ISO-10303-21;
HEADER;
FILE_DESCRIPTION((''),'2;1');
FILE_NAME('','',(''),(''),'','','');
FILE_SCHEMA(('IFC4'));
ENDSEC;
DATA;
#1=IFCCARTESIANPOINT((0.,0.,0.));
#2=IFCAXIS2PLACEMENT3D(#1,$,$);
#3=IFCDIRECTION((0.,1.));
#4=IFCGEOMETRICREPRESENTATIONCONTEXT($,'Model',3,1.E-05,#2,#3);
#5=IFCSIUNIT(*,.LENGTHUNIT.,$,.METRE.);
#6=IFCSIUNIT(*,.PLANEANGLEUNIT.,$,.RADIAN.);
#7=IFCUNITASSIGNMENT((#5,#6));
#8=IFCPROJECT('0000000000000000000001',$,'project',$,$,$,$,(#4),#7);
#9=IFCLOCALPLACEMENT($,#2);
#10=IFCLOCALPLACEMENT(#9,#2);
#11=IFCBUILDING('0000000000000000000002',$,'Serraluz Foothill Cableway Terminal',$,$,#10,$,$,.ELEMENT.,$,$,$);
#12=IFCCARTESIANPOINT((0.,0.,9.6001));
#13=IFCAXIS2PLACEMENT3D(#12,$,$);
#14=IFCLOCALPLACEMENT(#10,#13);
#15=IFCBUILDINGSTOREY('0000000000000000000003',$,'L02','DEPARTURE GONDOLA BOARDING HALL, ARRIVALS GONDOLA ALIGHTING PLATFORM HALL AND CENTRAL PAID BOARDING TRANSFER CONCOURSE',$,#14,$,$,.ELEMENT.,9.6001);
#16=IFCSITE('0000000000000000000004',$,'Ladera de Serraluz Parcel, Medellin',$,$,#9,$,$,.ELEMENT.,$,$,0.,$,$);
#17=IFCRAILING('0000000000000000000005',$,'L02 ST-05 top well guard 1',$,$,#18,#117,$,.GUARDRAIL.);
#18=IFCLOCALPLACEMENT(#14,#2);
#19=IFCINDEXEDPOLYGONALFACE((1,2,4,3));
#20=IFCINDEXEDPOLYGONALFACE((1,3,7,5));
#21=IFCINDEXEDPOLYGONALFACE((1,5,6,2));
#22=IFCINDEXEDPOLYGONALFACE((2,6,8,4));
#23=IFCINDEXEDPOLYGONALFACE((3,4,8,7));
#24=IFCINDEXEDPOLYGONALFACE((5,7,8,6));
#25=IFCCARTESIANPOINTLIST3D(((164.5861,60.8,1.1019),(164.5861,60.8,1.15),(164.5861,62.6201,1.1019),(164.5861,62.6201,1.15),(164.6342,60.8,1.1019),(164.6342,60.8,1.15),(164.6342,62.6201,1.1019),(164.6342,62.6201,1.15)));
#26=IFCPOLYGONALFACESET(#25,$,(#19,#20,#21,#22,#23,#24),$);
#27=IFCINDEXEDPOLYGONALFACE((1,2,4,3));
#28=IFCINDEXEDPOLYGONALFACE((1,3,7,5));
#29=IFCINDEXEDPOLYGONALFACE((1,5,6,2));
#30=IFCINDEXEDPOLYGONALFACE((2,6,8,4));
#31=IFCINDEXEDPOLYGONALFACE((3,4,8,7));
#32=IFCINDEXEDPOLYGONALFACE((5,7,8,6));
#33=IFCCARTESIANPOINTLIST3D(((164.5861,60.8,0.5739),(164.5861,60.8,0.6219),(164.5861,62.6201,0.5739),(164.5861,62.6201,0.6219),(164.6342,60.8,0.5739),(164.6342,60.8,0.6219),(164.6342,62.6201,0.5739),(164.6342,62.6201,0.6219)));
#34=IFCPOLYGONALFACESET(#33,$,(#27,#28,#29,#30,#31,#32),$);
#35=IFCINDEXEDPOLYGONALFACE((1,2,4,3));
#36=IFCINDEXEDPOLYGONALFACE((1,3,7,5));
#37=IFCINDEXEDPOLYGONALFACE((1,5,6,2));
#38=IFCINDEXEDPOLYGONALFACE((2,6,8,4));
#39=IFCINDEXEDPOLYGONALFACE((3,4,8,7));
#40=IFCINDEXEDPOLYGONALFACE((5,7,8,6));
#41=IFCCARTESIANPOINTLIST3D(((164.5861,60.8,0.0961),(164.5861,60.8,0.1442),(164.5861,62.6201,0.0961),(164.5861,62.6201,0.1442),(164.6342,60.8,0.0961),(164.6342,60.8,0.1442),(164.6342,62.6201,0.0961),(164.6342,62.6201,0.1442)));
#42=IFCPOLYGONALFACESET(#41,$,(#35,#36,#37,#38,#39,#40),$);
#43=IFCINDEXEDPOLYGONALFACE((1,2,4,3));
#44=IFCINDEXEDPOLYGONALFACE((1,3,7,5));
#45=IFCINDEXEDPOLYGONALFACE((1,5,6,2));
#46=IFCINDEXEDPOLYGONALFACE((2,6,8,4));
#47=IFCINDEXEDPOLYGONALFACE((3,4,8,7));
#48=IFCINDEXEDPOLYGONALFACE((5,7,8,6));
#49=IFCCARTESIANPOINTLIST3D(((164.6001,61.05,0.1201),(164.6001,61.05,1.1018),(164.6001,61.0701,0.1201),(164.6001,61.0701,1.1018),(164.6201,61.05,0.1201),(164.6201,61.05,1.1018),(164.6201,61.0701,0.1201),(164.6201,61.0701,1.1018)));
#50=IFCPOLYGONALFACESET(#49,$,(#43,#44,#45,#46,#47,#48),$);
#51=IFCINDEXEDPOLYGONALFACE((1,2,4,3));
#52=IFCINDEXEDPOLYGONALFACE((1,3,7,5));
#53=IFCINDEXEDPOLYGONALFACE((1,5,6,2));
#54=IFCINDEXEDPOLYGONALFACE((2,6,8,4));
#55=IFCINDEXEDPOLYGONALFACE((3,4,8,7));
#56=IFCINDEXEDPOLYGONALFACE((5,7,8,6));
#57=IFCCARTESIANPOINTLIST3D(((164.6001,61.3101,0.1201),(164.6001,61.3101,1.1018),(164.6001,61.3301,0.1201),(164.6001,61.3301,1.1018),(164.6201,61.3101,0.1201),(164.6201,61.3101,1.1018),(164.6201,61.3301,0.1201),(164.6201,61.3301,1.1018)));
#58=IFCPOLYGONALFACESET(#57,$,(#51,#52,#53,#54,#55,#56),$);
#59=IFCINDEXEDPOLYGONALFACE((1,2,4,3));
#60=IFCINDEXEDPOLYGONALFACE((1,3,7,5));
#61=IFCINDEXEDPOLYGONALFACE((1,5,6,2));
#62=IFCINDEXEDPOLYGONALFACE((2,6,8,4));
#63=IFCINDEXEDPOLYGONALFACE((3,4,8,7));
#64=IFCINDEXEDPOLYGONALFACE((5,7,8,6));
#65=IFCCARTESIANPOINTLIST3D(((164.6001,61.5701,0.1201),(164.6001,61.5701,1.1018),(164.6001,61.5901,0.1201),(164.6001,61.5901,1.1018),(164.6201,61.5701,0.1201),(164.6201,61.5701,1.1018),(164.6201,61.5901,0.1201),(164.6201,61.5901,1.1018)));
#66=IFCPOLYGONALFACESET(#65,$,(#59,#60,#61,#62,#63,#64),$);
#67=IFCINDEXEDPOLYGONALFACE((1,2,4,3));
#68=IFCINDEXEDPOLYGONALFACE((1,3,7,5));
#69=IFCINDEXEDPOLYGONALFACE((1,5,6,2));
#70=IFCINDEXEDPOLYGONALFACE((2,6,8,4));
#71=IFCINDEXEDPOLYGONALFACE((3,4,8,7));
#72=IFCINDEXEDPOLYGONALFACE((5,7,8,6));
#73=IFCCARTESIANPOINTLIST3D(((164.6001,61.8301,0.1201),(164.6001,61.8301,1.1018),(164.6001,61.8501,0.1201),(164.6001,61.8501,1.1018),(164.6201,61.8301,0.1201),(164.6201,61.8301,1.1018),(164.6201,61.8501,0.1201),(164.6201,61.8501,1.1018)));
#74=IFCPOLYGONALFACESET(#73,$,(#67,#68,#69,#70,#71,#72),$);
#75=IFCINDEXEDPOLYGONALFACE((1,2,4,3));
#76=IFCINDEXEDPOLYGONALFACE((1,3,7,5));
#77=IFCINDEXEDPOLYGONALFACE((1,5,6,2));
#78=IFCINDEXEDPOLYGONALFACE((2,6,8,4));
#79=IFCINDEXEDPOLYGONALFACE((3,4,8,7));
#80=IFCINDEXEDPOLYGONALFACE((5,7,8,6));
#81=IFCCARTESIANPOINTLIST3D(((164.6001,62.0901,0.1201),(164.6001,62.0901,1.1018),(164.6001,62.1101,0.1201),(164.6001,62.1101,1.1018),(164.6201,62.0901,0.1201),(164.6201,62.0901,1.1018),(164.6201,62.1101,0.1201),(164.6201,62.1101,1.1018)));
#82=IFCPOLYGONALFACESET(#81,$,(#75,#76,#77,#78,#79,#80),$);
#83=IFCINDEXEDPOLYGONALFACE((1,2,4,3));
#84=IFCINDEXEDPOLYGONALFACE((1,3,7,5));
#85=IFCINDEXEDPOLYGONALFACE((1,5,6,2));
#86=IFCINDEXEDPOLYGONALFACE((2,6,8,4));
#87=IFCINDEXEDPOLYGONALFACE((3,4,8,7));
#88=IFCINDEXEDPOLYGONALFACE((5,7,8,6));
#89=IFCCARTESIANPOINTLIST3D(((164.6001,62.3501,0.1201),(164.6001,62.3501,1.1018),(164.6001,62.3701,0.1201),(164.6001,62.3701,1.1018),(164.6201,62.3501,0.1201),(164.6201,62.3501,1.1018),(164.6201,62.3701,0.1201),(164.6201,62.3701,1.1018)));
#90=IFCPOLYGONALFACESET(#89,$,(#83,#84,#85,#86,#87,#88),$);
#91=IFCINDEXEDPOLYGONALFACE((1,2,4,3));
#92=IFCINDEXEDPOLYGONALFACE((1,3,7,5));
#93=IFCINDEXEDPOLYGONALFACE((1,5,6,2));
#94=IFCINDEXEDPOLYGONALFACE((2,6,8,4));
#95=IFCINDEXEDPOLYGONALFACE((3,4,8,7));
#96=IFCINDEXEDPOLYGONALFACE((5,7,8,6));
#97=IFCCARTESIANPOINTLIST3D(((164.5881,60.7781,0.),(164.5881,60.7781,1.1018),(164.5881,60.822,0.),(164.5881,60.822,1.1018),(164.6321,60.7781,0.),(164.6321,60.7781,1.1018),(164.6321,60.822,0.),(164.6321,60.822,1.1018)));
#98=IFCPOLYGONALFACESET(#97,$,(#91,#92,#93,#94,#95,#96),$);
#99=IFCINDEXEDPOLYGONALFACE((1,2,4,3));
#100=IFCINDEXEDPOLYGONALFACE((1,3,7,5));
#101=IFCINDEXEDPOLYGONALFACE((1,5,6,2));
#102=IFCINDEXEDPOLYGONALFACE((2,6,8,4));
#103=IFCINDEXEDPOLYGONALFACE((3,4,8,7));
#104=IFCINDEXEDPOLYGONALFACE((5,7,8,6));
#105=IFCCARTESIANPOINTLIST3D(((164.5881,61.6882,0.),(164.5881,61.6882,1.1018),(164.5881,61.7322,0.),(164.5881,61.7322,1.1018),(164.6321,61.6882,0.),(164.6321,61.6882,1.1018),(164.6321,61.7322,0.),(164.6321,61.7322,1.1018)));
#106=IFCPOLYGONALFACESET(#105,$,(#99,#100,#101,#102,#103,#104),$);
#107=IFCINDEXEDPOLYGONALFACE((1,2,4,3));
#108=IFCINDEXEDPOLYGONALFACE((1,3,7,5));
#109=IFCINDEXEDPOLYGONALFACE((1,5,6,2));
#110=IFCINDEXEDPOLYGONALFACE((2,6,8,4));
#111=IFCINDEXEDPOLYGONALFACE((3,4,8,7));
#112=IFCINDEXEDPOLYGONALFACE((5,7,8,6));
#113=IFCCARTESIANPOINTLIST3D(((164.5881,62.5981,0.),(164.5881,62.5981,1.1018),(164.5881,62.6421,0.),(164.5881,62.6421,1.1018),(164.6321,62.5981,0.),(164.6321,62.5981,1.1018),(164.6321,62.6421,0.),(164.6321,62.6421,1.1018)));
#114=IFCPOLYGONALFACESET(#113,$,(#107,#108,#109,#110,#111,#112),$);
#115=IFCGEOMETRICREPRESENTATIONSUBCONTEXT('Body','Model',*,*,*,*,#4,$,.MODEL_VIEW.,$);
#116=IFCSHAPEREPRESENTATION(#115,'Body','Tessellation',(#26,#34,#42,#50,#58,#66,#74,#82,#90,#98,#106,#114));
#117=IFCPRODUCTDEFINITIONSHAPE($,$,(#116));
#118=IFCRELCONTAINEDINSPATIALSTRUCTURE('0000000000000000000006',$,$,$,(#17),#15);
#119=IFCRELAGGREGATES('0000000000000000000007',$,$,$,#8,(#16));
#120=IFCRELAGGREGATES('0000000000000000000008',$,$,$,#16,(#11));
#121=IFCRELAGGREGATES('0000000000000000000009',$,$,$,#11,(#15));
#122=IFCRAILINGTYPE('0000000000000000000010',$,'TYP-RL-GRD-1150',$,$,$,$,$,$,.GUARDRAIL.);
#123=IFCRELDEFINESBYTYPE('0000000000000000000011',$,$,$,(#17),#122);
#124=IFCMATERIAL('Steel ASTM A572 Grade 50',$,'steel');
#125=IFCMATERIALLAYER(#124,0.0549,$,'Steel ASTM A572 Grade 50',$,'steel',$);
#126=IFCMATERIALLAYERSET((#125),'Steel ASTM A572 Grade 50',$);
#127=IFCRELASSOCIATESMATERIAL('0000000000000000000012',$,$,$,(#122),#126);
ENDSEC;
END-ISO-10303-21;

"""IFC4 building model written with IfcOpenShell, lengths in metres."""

from ifc_helpers import new_model, si_unit, direction, frame, origin, origin_2d, place, context, subcontext, project, spatial, rectangle, extrude, material, layer, layer_set, type_object, element, save


model = new_model("IFC4")

# Units and contexts
model_context = context("Model", 3, precision=1e-05, world=origin(), true_north=direction((0.0, 1.0)))
body_context = subcontext(model_context, "Body", "Model", "MODEL_VIEW")
ifc_project = project(units=[si_unit("LENGTHUNIT", "METRE"), si_unit("PLANEANGLEUNIT", "RADIAN")], contexts=[model_context])

# Site, building, storey
site_placement = place(None, origin())
site = spatial("IfcSite", under=ifc_project, at=site_placement, Name="Ladera de Serraluz Parcel, Medellin", CompositionType="ELEMENT", RefElevation=0.0)
building_placement = place(site_placement, origin())
building = spatial("IfcBuilding", under=site, at=building_placement, Name="Serraluz Foothill Cableway Terminal", CompositionType="ELEMENT")
storey_placement = place(building_placement, frame((0.0, 0.0, 9.6001)))
storey = spatial("IfcBuildingStorey", under=building, at=storey_placement, Name="L02", Description="DEPARTURE GONDOLA BOARDING HALL, ARRIVALS GONDOLA ALIGHTING PLATFORM HALL AND CENTRAL PAID BOARDING TRANSFER CONCOURSE", CompositionType="ELEMENT", Elevation=9.6001)

# Railing
ifc_material_1 = material(Name="Steel ASTM A572 Grade 50", Category="steel")
ifc_layer_1 = layer(ifc_material_1, 0.0549, Name="Steel ASTM A572 Grade 50", Category="steel")
ifc_layer_set_1 = layer_set([ifc_layer_1], Name="Steel ASTM A572 Grade 50")
railing_type = type_object("IfcRailingType", Name="TYP-RL-GRD-1150", PredefinedType="GUARDRAIL", material=ifc_layer_set_1)
railing_placement = place(storey_placement, frame((164.6101, 60.8, 0.0)))
element("IfcRailing", 1, at=railing_placement, inside=storey, type_object=railing_type, Name="L02 ST-05 top well guard 1", PredefinedType="GUARDRAIL", context=body_context, shape_type="SweptSolid", body=[
    extrude(rectangle(XDim=0.0481, YDim=0.0481, at=origin_2d()), frame((0.0, 0.0, 1.126), z_axis=(0.0, 1.0, 0.0), x_axis=(-1.0, 0.0, 0.0)), (0.0, 0.0, 1.0), 1.8201),
    extrude(rectangle(XDim=0.0481, YDim=0.0481, at=origin_2d()), frame((0.0, 0.0, 0.5979), z_axis=(0.0, 1.0, 0.0), x_axis=(-1.0, 0.0, 0.0)), (0.0, 0.0, 1.0), 1.8201),
    extrude(rectangle(XDim=0.0481, YDim=0.0481, at=origin_2d()), frame((0.0, 0.0, 0.1201), z_axis=(0.0, 1.0, 0.0), x_axis=(-1.0, 0.0, 0.0)), (0.0, 0.0, 1.0), 1.8201),
    extrude(rectangle(XDim=0.02, YDim=0.02, at=origin_2d()), frame((0.0, 0.26, 0.1201)), (0.0, 0.0, 1.0), 0.9817),
    extrude(rectangle(XDim=0.02, YDim=0.02, at=origin_2d()), frame((0.0, 0.52, 0.1201)), (0.0, 0.0, 1.0), 0.9817),
    extrude(rectangle(XDim=0.02, YDim=0.02, at=origin_2d()), frame((0.0, 0.78, 0.1201)), (0.0, 0.0, 1.0), 0.9817),
    extrude(rectangle(XDim=0.02, YDim=0.02, at=origin_2d()), frame((0.0, 1.04, 0.1201)), (0.0, 0.0, 1.0), 0.9817),
    extrude(rectangle(XDim=0.02, YDim=0.02, at=origin_2d()), frame((0.0, 1.3, 0.1201)), (0.0, 0.0, 1.0), 0.9817),
    extrude(rectangle(XDim=0.02, YDim=0.02, at=origin_2d()), frame((0.0, 1.5601, 0.1201)), (0.0, 0.0, 1.0), 0.9817),
    extrude(rectangle(XDim=0.0439, YDim=0.0439, at=origin_2d()), origin(), (0.0, 0.0, 1.0), 1.1018),
    extrude(rectangle(XDim=0.0439, YDim=0.0439, at=origin_2d()), frame((0.0, 0.9102, 0.0)), (0.0, 0.0, 1.0), 1.1018),
    extrude(rectangle(XDim=0.0439, YDim=0.0439, at=origin_2d()), frame((0.0, 1.8201, 0.0)), (0.0, 0.0, 1.0), 1.1018),
])

save(model, "model.ifc")
